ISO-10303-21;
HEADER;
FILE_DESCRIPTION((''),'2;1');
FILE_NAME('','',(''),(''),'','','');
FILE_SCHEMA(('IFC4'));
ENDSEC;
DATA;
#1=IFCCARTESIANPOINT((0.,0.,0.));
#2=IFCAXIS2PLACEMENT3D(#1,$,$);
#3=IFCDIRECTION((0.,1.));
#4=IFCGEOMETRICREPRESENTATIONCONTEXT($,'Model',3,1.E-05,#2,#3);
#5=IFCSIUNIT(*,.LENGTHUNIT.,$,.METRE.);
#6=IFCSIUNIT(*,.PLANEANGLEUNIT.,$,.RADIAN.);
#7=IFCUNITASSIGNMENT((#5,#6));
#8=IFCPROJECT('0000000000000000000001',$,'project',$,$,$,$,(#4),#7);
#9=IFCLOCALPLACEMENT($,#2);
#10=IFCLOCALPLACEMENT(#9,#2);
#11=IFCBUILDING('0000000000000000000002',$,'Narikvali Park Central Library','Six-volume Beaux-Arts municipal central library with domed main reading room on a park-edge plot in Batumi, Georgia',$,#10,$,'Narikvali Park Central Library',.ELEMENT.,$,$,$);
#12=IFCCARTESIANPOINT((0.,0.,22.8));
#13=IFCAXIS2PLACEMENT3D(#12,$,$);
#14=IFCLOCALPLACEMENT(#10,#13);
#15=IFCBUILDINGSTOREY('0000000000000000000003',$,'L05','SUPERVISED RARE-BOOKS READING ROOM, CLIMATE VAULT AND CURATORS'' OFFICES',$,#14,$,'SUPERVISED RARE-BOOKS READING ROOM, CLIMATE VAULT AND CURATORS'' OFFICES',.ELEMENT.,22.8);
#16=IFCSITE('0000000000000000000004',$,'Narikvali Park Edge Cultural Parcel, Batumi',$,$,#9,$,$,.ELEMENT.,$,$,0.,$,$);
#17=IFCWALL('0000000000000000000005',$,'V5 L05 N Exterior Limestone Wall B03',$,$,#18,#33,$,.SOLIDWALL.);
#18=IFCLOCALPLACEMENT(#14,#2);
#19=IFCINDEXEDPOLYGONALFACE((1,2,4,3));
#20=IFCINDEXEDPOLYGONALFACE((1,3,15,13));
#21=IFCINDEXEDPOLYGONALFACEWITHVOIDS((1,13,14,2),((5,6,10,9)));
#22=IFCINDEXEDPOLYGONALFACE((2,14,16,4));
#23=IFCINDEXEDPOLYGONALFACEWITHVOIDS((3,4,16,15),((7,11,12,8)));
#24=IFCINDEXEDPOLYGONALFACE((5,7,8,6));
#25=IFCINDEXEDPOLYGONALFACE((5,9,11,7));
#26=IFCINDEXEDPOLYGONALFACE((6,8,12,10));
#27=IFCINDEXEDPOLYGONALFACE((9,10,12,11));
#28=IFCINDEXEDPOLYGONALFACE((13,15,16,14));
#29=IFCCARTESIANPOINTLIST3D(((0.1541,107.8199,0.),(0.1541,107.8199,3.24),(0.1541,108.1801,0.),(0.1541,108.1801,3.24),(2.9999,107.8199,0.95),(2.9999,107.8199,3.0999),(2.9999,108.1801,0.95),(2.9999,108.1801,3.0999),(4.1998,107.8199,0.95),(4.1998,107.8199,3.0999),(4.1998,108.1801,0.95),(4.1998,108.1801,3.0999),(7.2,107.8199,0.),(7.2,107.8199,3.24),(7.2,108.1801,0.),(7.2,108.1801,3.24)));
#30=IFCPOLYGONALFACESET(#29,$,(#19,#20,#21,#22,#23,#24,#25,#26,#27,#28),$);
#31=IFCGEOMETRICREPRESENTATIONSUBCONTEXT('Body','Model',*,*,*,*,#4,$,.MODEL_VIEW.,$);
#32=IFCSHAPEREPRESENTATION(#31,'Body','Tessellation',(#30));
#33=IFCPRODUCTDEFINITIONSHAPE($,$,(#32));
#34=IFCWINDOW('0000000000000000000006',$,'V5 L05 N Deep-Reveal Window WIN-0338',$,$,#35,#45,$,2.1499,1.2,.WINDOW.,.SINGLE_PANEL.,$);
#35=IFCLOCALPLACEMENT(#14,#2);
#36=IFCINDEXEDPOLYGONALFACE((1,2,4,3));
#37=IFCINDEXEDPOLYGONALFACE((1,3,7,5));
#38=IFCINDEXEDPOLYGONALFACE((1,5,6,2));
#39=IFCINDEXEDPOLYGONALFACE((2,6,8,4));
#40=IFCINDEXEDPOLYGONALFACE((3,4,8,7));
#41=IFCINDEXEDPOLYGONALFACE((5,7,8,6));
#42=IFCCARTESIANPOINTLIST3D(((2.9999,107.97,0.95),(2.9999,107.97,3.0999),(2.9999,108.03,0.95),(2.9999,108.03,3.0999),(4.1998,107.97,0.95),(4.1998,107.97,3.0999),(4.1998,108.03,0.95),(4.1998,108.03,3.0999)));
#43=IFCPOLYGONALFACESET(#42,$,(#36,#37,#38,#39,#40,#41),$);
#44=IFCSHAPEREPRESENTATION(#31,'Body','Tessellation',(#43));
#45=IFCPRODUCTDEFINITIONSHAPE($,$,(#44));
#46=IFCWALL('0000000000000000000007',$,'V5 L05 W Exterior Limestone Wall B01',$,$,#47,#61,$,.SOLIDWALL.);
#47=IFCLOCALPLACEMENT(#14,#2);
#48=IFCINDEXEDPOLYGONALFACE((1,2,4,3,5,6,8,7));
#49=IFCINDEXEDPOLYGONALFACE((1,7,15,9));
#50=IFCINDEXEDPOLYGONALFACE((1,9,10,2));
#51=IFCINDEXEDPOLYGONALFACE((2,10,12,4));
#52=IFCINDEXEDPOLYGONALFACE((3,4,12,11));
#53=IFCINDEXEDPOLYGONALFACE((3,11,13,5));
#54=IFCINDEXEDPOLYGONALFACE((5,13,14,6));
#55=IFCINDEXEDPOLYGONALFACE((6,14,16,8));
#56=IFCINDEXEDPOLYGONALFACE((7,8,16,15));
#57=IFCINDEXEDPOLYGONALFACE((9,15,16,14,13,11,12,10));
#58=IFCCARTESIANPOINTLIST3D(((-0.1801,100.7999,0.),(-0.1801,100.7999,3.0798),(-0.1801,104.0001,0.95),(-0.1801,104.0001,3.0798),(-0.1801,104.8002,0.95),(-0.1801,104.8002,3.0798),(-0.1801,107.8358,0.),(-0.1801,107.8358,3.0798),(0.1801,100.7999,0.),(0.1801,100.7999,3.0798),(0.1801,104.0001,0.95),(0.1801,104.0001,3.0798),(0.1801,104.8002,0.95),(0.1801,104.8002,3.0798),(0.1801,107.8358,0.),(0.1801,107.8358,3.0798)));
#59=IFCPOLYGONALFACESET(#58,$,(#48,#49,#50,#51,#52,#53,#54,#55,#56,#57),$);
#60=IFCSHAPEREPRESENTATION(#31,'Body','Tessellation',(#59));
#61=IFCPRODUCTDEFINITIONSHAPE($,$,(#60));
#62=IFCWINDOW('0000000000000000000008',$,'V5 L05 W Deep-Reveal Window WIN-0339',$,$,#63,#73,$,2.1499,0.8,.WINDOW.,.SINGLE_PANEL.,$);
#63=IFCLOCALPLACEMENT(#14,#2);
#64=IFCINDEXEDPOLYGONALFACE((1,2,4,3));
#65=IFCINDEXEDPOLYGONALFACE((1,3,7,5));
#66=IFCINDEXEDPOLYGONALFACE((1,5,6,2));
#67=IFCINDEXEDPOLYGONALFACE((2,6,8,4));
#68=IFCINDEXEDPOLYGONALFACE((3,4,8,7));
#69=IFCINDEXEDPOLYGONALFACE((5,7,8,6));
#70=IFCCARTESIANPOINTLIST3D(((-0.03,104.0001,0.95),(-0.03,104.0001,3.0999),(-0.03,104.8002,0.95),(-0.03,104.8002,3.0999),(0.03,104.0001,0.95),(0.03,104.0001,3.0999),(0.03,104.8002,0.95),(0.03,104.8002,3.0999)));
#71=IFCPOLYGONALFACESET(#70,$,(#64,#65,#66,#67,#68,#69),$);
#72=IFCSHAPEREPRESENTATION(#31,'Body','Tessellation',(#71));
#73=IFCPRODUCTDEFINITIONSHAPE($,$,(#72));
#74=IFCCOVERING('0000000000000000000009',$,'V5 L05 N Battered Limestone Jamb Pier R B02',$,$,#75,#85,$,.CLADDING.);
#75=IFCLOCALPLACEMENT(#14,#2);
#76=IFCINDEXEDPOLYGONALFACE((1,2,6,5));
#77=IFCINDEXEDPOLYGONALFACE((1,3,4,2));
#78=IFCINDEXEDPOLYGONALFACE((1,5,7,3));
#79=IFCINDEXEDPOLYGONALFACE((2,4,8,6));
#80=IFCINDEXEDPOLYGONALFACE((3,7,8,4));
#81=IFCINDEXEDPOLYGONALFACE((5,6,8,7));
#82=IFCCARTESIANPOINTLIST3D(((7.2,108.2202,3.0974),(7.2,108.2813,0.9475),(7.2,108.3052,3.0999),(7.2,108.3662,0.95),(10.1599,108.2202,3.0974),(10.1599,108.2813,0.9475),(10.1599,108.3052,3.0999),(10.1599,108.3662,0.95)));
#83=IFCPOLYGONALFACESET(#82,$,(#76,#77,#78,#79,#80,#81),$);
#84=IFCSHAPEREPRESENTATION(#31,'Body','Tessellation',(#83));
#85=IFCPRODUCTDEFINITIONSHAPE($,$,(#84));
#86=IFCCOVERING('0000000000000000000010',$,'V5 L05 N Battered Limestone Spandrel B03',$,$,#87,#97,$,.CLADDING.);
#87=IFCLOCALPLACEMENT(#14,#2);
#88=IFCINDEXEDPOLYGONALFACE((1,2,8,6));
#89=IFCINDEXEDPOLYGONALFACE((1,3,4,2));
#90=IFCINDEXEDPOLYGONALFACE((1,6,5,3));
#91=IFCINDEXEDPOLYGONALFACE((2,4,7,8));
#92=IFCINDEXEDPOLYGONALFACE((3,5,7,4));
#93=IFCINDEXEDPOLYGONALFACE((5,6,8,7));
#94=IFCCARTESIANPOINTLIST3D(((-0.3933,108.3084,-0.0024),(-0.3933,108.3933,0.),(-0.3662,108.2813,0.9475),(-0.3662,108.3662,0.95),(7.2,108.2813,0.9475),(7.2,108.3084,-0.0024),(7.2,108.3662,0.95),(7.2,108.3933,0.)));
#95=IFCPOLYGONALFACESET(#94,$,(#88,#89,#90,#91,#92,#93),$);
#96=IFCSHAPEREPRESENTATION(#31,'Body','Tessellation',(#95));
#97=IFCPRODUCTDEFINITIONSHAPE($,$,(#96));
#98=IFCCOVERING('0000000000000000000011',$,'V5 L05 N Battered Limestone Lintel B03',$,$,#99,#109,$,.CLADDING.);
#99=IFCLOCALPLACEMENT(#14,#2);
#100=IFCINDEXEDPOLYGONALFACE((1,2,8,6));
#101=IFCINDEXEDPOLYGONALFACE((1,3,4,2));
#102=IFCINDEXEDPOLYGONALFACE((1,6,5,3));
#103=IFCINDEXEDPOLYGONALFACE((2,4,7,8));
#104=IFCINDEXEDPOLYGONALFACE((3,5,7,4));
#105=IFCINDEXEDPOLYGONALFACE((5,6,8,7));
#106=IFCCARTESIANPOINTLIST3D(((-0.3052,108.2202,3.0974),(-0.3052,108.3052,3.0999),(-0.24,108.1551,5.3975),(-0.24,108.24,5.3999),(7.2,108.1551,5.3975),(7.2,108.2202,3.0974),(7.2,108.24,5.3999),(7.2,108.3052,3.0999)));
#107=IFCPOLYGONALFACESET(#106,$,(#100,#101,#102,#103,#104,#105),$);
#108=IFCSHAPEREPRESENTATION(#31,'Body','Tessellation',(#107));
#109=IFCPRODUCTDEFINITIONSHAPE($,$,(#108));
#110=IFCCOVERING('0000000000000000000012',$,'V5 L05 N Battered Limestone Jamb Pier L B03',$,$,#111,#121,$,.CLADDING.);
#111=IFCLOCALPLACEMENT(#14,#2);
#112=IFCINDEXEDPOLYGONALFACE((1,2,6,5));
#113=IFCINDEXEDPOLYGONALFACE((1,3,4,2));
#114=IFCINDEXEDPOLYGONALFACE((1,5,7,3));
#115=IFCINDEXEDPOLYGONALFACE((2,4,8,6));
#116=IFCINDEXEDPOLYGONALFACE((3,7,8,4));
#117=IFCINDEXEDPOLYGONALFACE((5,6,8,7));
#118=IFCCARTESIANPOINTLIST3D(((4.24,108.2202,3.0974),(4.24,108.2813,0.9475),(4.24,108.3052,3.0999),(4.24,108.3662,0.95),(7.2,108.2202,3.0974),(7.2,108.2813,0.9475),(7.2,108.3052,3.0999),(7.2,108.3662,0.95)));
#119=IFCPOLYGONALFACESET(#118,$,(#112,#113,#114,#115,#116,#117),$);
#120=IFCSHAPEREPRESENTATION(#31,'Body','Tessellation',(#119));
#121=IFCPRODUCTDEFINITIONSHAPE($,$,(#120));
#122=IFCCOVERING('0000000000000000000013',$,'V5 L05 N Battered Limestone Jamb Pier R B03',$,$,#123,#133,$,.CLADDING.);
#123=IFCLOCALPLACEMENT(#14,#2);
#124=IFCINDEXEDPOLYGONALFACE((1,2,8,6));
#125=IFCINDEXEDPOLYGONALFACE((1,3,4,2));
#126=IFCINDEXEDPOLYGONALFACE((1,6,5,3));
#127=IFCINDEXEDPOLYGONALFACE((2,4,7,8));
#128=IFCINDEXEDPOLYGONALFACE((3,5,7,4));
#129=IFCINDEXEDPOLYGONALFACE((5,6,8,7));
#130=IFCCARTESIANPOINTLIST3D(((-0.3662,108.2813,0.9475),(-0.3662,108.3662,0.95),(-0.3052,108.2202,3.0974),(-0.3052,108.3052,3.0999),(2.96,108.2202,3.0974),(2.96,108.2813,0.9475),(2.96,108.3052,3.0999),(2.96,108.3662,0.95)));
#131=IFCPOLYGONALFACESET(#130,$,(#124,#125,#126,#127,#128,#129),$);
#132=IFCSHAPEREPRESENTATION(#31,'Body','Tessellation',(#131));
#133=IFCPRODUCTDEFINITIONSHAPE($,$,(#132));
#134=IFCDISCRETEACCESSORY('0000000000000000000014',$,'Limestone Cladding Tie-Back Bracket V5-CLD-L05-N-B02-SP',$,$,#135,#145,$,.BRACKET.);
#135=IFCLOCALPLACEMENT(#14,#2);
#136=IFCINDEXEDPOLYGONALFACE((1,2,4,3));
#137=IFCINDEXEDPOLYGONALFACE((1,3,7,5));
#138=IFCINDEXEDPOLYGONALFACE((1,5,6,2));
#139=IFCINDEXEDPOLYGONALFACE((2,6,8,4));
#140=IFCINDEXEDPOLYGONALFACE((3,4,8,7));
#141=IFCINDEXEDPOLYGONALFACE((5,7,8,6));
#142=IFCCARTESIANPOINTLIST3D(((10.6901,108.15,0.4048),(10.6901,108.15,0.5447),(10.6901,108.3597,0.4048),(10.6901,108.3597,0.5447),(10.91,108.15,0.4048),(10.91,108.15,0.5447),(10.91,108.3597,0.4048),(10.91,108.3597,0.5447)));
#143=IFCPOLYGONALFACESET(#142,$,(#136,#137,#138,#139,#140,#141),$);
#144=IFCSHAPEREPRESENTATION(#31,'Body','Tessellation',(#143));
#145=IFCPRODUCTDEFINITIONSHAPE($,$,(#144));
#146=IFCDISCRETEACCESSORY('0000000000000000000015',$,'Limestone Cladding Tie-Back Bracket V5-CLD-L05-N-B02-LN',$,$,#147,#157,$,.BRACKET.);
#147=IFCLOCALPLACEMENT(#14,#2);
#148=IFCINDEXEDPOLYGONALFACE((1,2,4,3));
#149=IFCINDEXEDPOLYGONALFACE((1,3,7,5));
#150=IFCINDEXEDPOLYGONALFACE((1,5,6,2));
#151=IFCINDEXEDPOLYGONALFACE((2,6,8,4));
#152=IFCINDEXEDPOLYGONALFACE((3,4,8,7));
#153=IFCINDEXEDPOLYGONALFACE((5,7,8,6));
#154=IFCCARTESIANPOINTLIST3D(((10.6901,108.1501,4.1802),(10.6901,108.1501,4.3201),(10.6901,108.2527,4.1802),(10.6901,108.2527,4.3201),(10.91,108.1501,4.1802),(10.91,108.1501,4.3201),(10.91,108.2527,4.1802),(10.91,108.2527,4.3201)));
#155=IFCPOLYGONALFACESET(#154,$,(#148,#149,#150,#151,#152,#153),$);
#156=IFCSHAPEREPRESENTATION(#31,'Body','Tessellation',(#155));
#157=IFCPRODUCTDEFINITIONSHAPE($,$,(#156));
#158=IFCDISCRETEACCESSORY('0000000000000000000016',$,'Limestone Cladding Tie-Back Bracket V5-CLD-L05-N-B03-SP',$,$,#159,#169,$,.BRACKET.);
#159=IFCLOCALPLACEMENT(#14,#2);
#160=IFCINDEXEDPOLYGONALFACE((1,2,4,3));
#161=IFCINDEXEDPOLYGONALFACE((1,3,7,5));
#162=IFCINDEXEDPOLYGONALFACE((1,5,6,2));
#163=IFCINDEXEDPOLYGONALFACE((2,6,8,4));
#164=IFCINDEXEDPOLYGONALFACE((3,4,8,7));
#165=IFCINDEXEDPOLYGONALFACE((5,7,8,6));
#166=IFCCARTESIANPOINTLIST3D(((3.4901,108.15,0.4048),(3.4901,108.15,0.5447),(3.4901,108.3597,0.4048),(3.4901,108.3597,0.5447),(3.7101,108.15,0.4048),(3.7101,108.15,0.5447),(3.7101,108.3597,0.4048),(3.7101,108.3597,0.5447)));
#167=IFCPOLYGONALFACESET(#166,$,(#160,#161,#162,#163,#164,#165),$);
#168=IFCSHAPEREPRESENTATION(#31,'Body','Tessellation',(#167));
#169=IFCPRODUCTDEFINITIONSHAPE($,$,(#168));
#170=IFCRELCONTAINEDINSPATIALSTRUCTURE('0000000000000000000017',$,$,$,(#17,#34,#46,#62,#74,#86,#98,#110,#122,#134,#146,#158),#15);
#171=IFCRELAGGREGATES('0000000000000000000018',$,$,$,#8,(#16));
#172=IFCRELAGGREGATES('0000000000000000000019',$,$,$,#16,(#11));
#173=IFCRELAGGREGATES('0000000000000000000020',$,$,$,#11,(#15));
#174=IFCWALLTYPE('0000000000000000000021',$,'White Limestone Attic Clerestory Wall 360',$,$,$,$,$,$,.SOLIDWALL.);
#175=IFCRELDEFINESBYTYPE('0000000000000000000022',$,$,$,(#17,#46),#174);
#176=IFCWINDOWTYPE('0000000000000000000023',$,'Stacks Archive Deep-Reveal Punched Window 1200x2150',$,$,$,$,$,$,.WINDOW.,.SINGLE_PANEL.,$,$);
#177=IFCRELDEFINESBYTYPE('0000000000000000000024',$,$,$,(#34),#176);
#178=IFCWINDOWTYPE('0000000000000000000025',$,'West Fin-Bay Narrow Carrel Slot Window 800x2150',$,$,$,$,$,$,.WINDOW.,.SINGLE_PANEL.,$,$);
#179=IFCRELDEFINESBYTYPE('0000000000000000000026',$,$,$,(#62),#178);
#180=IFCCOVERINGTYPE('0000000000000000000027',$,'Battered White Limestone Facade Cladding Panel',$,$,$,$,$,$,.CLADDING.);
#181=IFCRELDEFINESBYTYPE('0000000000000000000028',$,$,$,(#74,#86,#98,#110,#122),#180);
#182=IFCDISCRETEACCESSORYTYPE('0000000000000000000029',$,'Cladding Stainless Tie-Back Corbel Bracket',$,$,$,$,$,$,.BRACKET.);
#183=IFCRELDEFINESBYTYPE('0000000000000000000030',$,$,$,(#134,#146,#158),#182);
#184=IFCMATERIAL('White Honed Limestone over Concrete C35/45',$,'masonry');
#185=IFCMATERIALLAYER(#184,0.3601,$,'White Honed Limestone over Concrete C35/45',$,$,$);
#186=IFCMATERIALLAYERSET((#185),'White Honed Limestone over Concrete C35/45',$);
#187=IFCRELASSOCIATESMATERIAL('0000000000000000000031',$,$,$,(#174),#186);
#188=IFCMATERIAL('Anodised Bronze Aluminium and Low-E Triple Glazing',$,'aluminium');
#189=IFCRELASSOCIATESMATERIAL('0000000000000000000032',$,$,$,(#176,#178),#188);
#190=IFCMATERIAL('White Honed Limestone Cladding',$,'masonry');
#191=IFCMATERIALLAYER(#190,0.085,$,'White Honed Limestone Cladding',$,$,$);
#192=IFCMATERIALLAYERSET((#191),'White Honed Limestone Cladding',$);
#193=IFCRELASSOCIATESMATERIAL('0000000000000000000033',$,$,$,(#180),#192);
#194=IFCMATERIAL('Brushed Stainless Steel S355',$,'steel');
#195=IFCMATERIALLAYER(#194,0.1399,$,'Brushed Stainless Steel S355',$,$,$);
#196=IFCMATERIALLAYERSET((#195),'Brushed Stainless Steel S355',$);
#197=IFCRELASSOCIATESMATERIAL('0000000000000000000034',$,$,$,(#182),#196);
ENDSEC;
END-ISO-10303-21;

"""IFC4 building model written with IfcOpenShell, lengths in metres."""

from ifc_helpers import new_model, si_unit, direction, frame, frame_2d, origin, origin_2d, place, context, subcontext, project, spatial, polyline, rectangle, outline, extrude, material, layer, layer_set, type_object, element, fill, save


model = new_model("IFC4")

# Units and contexts
model_context = context("Model", 3, precision=1e-05, world=origin(), true_north=direction((0.0, 1.0)))
body_context = subcontext(model_context, "Body", "Model", "MODEL_VIEW")
ifc_project = project(units=[si_unit("LENGTHUNIT", "METRE"), si_unit("PLANEANGLEUNIT", "RADIAN")], contexts=[model_context])

# Site, building, storey
site_placement = place(None, origin())
site = spatial("IfcSite", under=ifc_project, at=site_placement, Name="Narikvali Park Edge Cultural Parcel, Batumi", CompositionType="ELEMENT", RefElevation=0.0)
building_placement = place(site_placement, origin())
building = spatial("IfcBuilding", under=site, at=building_placement, Name="Narikvali Park Central Library", Description="Six-volume Beaux-Arts municipal central library with domed main reading room on a park-edge plot in Batumi, Georgia", LongName="Narikvali Park Central Library", CompositionType="ELEMENT")
storey_placement = place(building_placement, frame((0.0, 0.0, 22.8)))
storey = spatial("IfcBuildingStorey", under=building, at=storey_placement, Name="L05", Description="SUPERVISED RARE-BOOKS READING ROOM, CLIMATE VAULT AND CURATORS' OFFICES", LongName="SUPERVISED RARE-BOOKS READING ROOM, CLIMATE VAULT AND CURATORS' OFFICES", CompositionType="ELEMENT", Elevation=22.8)

# Shared definitions
ifc_material_1 = material(Name="White Honed Limestone over Concrete C35/45", Category="masonry")

# Walls, openings, windows
ifc_layer_1 = layer(ifc_material_1, 0.3601, Name="White Honed Limestone over Concrete C35/45")
ifc_layer_set_1 = layer_set([ifc_layer_1], Name="White Honed Limestone over Concrete C35/45")
wall_type_1 = type_object("IfcWallType", Name="White Limestone Attic Clerestory Wall 360", PredefinedType="SOLIDWALL", material=ifc_layer_set_1)
wall_1_placement = place(storey_placement, frame((7.2, 108.0, 0.0), z_axis=(0.0, 0.0, 1.0), x_axis=(-1.0, 0.0, 0.0)))
wall_1 = element("IfcWall", 1, at=wall_1_placement, inside=storey, type_object=wall_type_1, Name="V5 L05 N Exterior Limestone Wall B03", PredefinedType="SOLIDWALL", context=body_context, shape_type="SweptSolid", body=[
    extrude(rectangle(XDim=7.0459, YDim=0.3601, at=frame_2d((3.5229, 0.0))), origin(), (0.0, 0.0, 1.0), 3.24),
])
opening_1_placement = place(wall_1_placement, frame((3.0, 0.0, 0.95)))
opening_1 = element("IfcOpeningElement", 2, at=opening_1_placement, cuts=wall_1, PredefinedType="OPENING", context=body_context, shape_type="SweptSolid", body=[
    extrude(rectangle(XDim=1.2, YDim=2.1499, at=frame_2d((0.6001, 1.075))), frame((0.0, 0.1919, 0.0), z_axis=(0.0, -1.0, 0.0), x_axis=(1.0, 0.0, 0.0)), (0.0, 0.0, 1.0), 0.384),
])
ifc_material_2 = material(Name="Anodised Bronze Aluminium and Low-E Triple Glazing", Category="aluminium")
window_type_1 = type_object("IfcWindowType", Name="Stacks Archive Deep-Reveal Punched Window 1200x2150", PartitioningType="SINGLE_PANEL", PredefinedType="WINDOW", material=ifc_material_2)
window_1_placement = place(opening_1_placement, origin())
window_1 = element("IfcWindow", 3, at=window_1_placement, inside=storey, type_object=window_type_1, Name="V5 L05 N Deep-Reveal Window WIN-0338", OverallHeight=2.1499, OverallWidth=1.2, PartitioningType="SINGLE_PANEL", PredefinedType="WINDOW", context=body_context, shape_type="SweptSolid", body=[
    extrude(rectangle(XDim=1.2, YDim=2.1499, at=frame_2d((0.6001, 1.075))), frame((0.0, 0.03, 0.0), z_axis=(0.0, -1.0, 0.0), x_axis=(1.0, 0.0, 0.0)), (0.0, 0.0, 1.0), 0.0601),
])
fill(opening_1, window_1)
wall_2_placement = place(storey_placement, frame((0.0, 107.8359, 0.0), z_axis=(0.0, 0.0, 1.0), x_axis=(0.0, -1.0, 0.0)))
wall_2 = element("IfcWall", 4, at=wall_2_placement, inside=storey, type_object=wall_type_1, Name="V5 L05 W Exterior Limestone Wall B01", PredefinedType="SOLIDWALL", context=body_context, shape_type="SweptSolid", body=[
    extrude(rectangle(XDim=7.0359, YDim=0.3601, at=frame_2d((3.5181, 0.0))), origin(), (0.0, 0.0, 1.0), 3.0798),
])
opening_2_placement = place(wall_2_placement, frame((3.0359, 0.0, 0.95)))
opening_2 = element("IfcOpeningElement", 5, at=opening_2_placement, cuts=wall_2, PredefinedType="OPENING", context=body_context, shape_type="SweptSolid", body=[
    extrude(rectangle(XDim=0.8, YDim=2.1499, at=frame_2d((0.3999, 1.075))), frame((0.0, 0.1919, 0.0), z_axis=(0.0, -1.0, 0.0), x_axis=(1.0, 0.0, 0.0)), (0.0, 0.0, 1.0), 0.384),
])
window_type_2 = type_object("IfcWindowType", Name="West Fin-Bay Narrow Carrel Slot Window 800x2150", PartitioningType="SINGLE_PANEL", PredefinedType="WINDOW", material=ifc_material_2)
window_2_placement = place(opening_2_placement, origin())
window_2 = element("IfcWindow", 6, at=window_2_placement, inside=storey, type_object=window_type_2, Name="V5 L05 W Deep-Reveal Window WIN-0339", OverallHeight=2.1499, OverallWidth=0.8, PartitioningType="SINGLE_PANEL", PredefinedType="WINDOW", context=body_context, shape_type="SweptSolid", body=[
    extrude(rectangle(XDim=0.8, YDim=2.1499, at=frame_2d((0.3999, 1.075))), frame((0.0, 0.03, 0.0), z_axis=(0.0, -1.0, 0.0), x_axis=(1.0, 0.0, 0.0)), (0.0, 0.0, 1.0), 0.0601),
])
fill(opening_2, window_2)

# Coverings
ifc_material_3 = material(Name="White Honed Limestone Cladding", Category="masonry")
ifc_layer_2 = layer(ifc_material_3, 0.085, Name="White Honed Limestone Cladding")
ifc_layer_set_2 = layer_set([ifc_layer_2], Name="White Honed Limestone Cladding")
covering_type = type_object("IfcCoveringType", Name="Battered White Limestone Facade Cladding Panel", PredefinedType="CLADDING", material=ifc_layer_set_2)
covering_1_placement = place(storey_placement, frame((10.1599, 108.3662, 0.95), z_axis=(0.0, 0.999597, 0.028378), x_axis=(-1.0, 0.0, 0.0)))
element("IfcCovering", 7, at=covering_1_placement, inside=storey, type_object=covering_type, Name="V5 L05 N Battered Limestone Jamb Pier R B02", PredefinedType="CLADDING", context=body_context, shape_type="SweptSolid", body=[
    extrude(outline(polyline([(0.0, 0.0), (2.96, 0.0), (2.96, 2.1508), (0.0, 2.1508), (0.0, 0.0)])), origin(), (0.0, 0.0, -1.0), 0.085),
])
covering_2_placement = place(storey_placement, frame((7.2, 108.3933, 0.0), z_axis=(0.0, 0.999593, 0.028516), x_axis=(-1.0, 0.0, 0.0)))
element("IfcCovering", 8, at=covering_2_placement, inside=storey, type_object=covering_type, Name="V5 L05 N Battered Limestone Spandrel B03", PredefinedType="CLADDING", context=body_context, shape_type="SweptSolid", body=[
    extrude(outline(polyline([(0.0, 0.0), (7.5933, 0.0), (7.5662, 0.9503), (0.0, 0.9503), (0.0, 0.0)])), origin(), (0.0, 0.0, -1.0), 0.085),
])
covering_3_placement = place(storey_placement, frame((7.2, 108.3052, 3.0999), z_axis=(0.0, 0.999599, 0.02833), x_axis=(-1.0, 0.0, 0.0)))
element("IfcCovering", 9, at=covering_3_placement, inside=storey, type_object=covering_type, Name="V5 L05 N Battered Limestone Lintel B03", PredefinedType="CLADDING", context=body_context, shape_type="SweptSolid", body=[
    extrude(outline(polyline([(0.0, 0.0), (7.5051, 0.0), (7.4399, 2.301), (0.0, 2.301), (0.0, 0.0)])), origin(), (0.0, 0.0, -1.0), 0.085),
])
covering_4_placement = place(storey_placement, frame((7.2, 108.3662, 0.95), z_axis=(0.0, 0.999597, 0.028378), x_axis=(-1.0, 0.0, 0.0)))
element("IfcCovering", 10, at=covering_4_placement, inside=storey, type_object=covering_type, Name="V5 L05 N Battered Limestone Jamb Pier L B03", PredefinedType="CLADDING", context=body_context, shape_type="SweptSolid", body=[
    extrude(outline(polyline([(0.0, 0.0), (2.96, 0.0), (2.96, 2.1508), (0.0, 2.1508), (0.0, 0.0)])), origin(), (0.0, 0.0, -1.0), 0.085),
])
covering_5_placement = place(storey_placement, frame((2.96, 108.3662, 0.95), z_axis=(0.0, 0.999597, 0.028378), x_axis=(-1.0, 0.0, 0.0)))
element("IfcCovering", 11, at=covering_5_placement, inside=storey, type_object=covering_type, Name="V5 L05 N Battered Limestone Jamb Pier R B03", PredefinedType="CLADDING", context=body_context, shape_type="SweptSolid", body=[
    extrude(outline(polyline([(0.0, 0.0), (3.3262, 0.0), (3.2651, 2.1508), (0.0, 2.1508), (0.0, 0.0)])), origin(), (0.0, 0.0, -1.0), 0.085),
])

# Discrete accessories
ifc_material_4 = material(Name="Brushed Stainless Steel S355", Category="steel")
ifc_layer_3 = layer(ifc_material_4, 0.1399, Name="Brushed Stainless Steel S355")
ifc_layer_set_3 = layer_set([ifc_layer_3], Name="Brushed Stainless Steel S355")
discrete_accessory_type = type_object("IfcDiscreteAccessoryType", Name="Cladding Stainless Tie-Back Corbel Bracket", PredefinedType="BRACKET", material=ifc_layer_set_3)
discrete_accessory_1_placement = place(storey_placement, frame((10.8, 108.2549, 0.4048), z_axis=(0.0, 0.0, 1.0), x_axis=(1.0, 0.0, 0.0)))
element("IfcDiscreteAccessory", 12, at=discrete_accessory_1_placement, inside=storey, type_object=discrete_accessory_type, Name="Limestone Cladding Tie-Back Bracket V5-CLD-L05-N-B02-SP", PredefinedType="BRACKET", context=body_context, shape_type="SweptSolid", body=[
    extrude(rectangle(XDim=0.22, YDim=0.2097, at=origin_2d()), origin(), (0.0, 0.0, 1.0), 0.1399),
])
discrete_accessory_2_placement = place(storey_placement, frame((10.8, 108.2014, 4.1802), z_axis=(0.0, 0.0, 1.0), x_axis=(1.0, 0.0, 0.0)))
element("IfcDiscreteAccessory", 13, at=discrete_accessory_2_placement, inside=storey, type_object=discrete_accessory_type, Name="Limestone Cladding Tie-Back Bracket V5-CLD-L05-N-B02-LN", PredefinedType="BRACKET", context=body_context, shape_type="SweptSolid", body=[
    extrude(rectangle(XDim=0.22, YDim=0.1025, at=origin_2d()), origin(), (0.0, 0.0, 1.0), 0.1399),
])
discrete_accessory_3_placement = place(storey_placement, frame((3.6001, 108.2549, 0.4048), z_axis=(0.0, 0.0, 1.0), x_axis=(1.0, 0.0, 0.0)))
element("IfcDiscreteAccessory", 14, at=discrete_accessory_3_placement, inside=storey, type_object=discrete_accessory_type, Name="Limestone Cladding Tie-Back Bracket V5-CLD-L05-N-B03-SP", PredefinedType="BRACKET", context=body_context, shape_type="SweptSolid", body=[
    extrude(rectangle(XDim=0.22, YDim=0.2097, at=origin_2d()), origin(), (0.0, 0.0, 1.0), 0.1399),
])

save(model, "model.ifc")
